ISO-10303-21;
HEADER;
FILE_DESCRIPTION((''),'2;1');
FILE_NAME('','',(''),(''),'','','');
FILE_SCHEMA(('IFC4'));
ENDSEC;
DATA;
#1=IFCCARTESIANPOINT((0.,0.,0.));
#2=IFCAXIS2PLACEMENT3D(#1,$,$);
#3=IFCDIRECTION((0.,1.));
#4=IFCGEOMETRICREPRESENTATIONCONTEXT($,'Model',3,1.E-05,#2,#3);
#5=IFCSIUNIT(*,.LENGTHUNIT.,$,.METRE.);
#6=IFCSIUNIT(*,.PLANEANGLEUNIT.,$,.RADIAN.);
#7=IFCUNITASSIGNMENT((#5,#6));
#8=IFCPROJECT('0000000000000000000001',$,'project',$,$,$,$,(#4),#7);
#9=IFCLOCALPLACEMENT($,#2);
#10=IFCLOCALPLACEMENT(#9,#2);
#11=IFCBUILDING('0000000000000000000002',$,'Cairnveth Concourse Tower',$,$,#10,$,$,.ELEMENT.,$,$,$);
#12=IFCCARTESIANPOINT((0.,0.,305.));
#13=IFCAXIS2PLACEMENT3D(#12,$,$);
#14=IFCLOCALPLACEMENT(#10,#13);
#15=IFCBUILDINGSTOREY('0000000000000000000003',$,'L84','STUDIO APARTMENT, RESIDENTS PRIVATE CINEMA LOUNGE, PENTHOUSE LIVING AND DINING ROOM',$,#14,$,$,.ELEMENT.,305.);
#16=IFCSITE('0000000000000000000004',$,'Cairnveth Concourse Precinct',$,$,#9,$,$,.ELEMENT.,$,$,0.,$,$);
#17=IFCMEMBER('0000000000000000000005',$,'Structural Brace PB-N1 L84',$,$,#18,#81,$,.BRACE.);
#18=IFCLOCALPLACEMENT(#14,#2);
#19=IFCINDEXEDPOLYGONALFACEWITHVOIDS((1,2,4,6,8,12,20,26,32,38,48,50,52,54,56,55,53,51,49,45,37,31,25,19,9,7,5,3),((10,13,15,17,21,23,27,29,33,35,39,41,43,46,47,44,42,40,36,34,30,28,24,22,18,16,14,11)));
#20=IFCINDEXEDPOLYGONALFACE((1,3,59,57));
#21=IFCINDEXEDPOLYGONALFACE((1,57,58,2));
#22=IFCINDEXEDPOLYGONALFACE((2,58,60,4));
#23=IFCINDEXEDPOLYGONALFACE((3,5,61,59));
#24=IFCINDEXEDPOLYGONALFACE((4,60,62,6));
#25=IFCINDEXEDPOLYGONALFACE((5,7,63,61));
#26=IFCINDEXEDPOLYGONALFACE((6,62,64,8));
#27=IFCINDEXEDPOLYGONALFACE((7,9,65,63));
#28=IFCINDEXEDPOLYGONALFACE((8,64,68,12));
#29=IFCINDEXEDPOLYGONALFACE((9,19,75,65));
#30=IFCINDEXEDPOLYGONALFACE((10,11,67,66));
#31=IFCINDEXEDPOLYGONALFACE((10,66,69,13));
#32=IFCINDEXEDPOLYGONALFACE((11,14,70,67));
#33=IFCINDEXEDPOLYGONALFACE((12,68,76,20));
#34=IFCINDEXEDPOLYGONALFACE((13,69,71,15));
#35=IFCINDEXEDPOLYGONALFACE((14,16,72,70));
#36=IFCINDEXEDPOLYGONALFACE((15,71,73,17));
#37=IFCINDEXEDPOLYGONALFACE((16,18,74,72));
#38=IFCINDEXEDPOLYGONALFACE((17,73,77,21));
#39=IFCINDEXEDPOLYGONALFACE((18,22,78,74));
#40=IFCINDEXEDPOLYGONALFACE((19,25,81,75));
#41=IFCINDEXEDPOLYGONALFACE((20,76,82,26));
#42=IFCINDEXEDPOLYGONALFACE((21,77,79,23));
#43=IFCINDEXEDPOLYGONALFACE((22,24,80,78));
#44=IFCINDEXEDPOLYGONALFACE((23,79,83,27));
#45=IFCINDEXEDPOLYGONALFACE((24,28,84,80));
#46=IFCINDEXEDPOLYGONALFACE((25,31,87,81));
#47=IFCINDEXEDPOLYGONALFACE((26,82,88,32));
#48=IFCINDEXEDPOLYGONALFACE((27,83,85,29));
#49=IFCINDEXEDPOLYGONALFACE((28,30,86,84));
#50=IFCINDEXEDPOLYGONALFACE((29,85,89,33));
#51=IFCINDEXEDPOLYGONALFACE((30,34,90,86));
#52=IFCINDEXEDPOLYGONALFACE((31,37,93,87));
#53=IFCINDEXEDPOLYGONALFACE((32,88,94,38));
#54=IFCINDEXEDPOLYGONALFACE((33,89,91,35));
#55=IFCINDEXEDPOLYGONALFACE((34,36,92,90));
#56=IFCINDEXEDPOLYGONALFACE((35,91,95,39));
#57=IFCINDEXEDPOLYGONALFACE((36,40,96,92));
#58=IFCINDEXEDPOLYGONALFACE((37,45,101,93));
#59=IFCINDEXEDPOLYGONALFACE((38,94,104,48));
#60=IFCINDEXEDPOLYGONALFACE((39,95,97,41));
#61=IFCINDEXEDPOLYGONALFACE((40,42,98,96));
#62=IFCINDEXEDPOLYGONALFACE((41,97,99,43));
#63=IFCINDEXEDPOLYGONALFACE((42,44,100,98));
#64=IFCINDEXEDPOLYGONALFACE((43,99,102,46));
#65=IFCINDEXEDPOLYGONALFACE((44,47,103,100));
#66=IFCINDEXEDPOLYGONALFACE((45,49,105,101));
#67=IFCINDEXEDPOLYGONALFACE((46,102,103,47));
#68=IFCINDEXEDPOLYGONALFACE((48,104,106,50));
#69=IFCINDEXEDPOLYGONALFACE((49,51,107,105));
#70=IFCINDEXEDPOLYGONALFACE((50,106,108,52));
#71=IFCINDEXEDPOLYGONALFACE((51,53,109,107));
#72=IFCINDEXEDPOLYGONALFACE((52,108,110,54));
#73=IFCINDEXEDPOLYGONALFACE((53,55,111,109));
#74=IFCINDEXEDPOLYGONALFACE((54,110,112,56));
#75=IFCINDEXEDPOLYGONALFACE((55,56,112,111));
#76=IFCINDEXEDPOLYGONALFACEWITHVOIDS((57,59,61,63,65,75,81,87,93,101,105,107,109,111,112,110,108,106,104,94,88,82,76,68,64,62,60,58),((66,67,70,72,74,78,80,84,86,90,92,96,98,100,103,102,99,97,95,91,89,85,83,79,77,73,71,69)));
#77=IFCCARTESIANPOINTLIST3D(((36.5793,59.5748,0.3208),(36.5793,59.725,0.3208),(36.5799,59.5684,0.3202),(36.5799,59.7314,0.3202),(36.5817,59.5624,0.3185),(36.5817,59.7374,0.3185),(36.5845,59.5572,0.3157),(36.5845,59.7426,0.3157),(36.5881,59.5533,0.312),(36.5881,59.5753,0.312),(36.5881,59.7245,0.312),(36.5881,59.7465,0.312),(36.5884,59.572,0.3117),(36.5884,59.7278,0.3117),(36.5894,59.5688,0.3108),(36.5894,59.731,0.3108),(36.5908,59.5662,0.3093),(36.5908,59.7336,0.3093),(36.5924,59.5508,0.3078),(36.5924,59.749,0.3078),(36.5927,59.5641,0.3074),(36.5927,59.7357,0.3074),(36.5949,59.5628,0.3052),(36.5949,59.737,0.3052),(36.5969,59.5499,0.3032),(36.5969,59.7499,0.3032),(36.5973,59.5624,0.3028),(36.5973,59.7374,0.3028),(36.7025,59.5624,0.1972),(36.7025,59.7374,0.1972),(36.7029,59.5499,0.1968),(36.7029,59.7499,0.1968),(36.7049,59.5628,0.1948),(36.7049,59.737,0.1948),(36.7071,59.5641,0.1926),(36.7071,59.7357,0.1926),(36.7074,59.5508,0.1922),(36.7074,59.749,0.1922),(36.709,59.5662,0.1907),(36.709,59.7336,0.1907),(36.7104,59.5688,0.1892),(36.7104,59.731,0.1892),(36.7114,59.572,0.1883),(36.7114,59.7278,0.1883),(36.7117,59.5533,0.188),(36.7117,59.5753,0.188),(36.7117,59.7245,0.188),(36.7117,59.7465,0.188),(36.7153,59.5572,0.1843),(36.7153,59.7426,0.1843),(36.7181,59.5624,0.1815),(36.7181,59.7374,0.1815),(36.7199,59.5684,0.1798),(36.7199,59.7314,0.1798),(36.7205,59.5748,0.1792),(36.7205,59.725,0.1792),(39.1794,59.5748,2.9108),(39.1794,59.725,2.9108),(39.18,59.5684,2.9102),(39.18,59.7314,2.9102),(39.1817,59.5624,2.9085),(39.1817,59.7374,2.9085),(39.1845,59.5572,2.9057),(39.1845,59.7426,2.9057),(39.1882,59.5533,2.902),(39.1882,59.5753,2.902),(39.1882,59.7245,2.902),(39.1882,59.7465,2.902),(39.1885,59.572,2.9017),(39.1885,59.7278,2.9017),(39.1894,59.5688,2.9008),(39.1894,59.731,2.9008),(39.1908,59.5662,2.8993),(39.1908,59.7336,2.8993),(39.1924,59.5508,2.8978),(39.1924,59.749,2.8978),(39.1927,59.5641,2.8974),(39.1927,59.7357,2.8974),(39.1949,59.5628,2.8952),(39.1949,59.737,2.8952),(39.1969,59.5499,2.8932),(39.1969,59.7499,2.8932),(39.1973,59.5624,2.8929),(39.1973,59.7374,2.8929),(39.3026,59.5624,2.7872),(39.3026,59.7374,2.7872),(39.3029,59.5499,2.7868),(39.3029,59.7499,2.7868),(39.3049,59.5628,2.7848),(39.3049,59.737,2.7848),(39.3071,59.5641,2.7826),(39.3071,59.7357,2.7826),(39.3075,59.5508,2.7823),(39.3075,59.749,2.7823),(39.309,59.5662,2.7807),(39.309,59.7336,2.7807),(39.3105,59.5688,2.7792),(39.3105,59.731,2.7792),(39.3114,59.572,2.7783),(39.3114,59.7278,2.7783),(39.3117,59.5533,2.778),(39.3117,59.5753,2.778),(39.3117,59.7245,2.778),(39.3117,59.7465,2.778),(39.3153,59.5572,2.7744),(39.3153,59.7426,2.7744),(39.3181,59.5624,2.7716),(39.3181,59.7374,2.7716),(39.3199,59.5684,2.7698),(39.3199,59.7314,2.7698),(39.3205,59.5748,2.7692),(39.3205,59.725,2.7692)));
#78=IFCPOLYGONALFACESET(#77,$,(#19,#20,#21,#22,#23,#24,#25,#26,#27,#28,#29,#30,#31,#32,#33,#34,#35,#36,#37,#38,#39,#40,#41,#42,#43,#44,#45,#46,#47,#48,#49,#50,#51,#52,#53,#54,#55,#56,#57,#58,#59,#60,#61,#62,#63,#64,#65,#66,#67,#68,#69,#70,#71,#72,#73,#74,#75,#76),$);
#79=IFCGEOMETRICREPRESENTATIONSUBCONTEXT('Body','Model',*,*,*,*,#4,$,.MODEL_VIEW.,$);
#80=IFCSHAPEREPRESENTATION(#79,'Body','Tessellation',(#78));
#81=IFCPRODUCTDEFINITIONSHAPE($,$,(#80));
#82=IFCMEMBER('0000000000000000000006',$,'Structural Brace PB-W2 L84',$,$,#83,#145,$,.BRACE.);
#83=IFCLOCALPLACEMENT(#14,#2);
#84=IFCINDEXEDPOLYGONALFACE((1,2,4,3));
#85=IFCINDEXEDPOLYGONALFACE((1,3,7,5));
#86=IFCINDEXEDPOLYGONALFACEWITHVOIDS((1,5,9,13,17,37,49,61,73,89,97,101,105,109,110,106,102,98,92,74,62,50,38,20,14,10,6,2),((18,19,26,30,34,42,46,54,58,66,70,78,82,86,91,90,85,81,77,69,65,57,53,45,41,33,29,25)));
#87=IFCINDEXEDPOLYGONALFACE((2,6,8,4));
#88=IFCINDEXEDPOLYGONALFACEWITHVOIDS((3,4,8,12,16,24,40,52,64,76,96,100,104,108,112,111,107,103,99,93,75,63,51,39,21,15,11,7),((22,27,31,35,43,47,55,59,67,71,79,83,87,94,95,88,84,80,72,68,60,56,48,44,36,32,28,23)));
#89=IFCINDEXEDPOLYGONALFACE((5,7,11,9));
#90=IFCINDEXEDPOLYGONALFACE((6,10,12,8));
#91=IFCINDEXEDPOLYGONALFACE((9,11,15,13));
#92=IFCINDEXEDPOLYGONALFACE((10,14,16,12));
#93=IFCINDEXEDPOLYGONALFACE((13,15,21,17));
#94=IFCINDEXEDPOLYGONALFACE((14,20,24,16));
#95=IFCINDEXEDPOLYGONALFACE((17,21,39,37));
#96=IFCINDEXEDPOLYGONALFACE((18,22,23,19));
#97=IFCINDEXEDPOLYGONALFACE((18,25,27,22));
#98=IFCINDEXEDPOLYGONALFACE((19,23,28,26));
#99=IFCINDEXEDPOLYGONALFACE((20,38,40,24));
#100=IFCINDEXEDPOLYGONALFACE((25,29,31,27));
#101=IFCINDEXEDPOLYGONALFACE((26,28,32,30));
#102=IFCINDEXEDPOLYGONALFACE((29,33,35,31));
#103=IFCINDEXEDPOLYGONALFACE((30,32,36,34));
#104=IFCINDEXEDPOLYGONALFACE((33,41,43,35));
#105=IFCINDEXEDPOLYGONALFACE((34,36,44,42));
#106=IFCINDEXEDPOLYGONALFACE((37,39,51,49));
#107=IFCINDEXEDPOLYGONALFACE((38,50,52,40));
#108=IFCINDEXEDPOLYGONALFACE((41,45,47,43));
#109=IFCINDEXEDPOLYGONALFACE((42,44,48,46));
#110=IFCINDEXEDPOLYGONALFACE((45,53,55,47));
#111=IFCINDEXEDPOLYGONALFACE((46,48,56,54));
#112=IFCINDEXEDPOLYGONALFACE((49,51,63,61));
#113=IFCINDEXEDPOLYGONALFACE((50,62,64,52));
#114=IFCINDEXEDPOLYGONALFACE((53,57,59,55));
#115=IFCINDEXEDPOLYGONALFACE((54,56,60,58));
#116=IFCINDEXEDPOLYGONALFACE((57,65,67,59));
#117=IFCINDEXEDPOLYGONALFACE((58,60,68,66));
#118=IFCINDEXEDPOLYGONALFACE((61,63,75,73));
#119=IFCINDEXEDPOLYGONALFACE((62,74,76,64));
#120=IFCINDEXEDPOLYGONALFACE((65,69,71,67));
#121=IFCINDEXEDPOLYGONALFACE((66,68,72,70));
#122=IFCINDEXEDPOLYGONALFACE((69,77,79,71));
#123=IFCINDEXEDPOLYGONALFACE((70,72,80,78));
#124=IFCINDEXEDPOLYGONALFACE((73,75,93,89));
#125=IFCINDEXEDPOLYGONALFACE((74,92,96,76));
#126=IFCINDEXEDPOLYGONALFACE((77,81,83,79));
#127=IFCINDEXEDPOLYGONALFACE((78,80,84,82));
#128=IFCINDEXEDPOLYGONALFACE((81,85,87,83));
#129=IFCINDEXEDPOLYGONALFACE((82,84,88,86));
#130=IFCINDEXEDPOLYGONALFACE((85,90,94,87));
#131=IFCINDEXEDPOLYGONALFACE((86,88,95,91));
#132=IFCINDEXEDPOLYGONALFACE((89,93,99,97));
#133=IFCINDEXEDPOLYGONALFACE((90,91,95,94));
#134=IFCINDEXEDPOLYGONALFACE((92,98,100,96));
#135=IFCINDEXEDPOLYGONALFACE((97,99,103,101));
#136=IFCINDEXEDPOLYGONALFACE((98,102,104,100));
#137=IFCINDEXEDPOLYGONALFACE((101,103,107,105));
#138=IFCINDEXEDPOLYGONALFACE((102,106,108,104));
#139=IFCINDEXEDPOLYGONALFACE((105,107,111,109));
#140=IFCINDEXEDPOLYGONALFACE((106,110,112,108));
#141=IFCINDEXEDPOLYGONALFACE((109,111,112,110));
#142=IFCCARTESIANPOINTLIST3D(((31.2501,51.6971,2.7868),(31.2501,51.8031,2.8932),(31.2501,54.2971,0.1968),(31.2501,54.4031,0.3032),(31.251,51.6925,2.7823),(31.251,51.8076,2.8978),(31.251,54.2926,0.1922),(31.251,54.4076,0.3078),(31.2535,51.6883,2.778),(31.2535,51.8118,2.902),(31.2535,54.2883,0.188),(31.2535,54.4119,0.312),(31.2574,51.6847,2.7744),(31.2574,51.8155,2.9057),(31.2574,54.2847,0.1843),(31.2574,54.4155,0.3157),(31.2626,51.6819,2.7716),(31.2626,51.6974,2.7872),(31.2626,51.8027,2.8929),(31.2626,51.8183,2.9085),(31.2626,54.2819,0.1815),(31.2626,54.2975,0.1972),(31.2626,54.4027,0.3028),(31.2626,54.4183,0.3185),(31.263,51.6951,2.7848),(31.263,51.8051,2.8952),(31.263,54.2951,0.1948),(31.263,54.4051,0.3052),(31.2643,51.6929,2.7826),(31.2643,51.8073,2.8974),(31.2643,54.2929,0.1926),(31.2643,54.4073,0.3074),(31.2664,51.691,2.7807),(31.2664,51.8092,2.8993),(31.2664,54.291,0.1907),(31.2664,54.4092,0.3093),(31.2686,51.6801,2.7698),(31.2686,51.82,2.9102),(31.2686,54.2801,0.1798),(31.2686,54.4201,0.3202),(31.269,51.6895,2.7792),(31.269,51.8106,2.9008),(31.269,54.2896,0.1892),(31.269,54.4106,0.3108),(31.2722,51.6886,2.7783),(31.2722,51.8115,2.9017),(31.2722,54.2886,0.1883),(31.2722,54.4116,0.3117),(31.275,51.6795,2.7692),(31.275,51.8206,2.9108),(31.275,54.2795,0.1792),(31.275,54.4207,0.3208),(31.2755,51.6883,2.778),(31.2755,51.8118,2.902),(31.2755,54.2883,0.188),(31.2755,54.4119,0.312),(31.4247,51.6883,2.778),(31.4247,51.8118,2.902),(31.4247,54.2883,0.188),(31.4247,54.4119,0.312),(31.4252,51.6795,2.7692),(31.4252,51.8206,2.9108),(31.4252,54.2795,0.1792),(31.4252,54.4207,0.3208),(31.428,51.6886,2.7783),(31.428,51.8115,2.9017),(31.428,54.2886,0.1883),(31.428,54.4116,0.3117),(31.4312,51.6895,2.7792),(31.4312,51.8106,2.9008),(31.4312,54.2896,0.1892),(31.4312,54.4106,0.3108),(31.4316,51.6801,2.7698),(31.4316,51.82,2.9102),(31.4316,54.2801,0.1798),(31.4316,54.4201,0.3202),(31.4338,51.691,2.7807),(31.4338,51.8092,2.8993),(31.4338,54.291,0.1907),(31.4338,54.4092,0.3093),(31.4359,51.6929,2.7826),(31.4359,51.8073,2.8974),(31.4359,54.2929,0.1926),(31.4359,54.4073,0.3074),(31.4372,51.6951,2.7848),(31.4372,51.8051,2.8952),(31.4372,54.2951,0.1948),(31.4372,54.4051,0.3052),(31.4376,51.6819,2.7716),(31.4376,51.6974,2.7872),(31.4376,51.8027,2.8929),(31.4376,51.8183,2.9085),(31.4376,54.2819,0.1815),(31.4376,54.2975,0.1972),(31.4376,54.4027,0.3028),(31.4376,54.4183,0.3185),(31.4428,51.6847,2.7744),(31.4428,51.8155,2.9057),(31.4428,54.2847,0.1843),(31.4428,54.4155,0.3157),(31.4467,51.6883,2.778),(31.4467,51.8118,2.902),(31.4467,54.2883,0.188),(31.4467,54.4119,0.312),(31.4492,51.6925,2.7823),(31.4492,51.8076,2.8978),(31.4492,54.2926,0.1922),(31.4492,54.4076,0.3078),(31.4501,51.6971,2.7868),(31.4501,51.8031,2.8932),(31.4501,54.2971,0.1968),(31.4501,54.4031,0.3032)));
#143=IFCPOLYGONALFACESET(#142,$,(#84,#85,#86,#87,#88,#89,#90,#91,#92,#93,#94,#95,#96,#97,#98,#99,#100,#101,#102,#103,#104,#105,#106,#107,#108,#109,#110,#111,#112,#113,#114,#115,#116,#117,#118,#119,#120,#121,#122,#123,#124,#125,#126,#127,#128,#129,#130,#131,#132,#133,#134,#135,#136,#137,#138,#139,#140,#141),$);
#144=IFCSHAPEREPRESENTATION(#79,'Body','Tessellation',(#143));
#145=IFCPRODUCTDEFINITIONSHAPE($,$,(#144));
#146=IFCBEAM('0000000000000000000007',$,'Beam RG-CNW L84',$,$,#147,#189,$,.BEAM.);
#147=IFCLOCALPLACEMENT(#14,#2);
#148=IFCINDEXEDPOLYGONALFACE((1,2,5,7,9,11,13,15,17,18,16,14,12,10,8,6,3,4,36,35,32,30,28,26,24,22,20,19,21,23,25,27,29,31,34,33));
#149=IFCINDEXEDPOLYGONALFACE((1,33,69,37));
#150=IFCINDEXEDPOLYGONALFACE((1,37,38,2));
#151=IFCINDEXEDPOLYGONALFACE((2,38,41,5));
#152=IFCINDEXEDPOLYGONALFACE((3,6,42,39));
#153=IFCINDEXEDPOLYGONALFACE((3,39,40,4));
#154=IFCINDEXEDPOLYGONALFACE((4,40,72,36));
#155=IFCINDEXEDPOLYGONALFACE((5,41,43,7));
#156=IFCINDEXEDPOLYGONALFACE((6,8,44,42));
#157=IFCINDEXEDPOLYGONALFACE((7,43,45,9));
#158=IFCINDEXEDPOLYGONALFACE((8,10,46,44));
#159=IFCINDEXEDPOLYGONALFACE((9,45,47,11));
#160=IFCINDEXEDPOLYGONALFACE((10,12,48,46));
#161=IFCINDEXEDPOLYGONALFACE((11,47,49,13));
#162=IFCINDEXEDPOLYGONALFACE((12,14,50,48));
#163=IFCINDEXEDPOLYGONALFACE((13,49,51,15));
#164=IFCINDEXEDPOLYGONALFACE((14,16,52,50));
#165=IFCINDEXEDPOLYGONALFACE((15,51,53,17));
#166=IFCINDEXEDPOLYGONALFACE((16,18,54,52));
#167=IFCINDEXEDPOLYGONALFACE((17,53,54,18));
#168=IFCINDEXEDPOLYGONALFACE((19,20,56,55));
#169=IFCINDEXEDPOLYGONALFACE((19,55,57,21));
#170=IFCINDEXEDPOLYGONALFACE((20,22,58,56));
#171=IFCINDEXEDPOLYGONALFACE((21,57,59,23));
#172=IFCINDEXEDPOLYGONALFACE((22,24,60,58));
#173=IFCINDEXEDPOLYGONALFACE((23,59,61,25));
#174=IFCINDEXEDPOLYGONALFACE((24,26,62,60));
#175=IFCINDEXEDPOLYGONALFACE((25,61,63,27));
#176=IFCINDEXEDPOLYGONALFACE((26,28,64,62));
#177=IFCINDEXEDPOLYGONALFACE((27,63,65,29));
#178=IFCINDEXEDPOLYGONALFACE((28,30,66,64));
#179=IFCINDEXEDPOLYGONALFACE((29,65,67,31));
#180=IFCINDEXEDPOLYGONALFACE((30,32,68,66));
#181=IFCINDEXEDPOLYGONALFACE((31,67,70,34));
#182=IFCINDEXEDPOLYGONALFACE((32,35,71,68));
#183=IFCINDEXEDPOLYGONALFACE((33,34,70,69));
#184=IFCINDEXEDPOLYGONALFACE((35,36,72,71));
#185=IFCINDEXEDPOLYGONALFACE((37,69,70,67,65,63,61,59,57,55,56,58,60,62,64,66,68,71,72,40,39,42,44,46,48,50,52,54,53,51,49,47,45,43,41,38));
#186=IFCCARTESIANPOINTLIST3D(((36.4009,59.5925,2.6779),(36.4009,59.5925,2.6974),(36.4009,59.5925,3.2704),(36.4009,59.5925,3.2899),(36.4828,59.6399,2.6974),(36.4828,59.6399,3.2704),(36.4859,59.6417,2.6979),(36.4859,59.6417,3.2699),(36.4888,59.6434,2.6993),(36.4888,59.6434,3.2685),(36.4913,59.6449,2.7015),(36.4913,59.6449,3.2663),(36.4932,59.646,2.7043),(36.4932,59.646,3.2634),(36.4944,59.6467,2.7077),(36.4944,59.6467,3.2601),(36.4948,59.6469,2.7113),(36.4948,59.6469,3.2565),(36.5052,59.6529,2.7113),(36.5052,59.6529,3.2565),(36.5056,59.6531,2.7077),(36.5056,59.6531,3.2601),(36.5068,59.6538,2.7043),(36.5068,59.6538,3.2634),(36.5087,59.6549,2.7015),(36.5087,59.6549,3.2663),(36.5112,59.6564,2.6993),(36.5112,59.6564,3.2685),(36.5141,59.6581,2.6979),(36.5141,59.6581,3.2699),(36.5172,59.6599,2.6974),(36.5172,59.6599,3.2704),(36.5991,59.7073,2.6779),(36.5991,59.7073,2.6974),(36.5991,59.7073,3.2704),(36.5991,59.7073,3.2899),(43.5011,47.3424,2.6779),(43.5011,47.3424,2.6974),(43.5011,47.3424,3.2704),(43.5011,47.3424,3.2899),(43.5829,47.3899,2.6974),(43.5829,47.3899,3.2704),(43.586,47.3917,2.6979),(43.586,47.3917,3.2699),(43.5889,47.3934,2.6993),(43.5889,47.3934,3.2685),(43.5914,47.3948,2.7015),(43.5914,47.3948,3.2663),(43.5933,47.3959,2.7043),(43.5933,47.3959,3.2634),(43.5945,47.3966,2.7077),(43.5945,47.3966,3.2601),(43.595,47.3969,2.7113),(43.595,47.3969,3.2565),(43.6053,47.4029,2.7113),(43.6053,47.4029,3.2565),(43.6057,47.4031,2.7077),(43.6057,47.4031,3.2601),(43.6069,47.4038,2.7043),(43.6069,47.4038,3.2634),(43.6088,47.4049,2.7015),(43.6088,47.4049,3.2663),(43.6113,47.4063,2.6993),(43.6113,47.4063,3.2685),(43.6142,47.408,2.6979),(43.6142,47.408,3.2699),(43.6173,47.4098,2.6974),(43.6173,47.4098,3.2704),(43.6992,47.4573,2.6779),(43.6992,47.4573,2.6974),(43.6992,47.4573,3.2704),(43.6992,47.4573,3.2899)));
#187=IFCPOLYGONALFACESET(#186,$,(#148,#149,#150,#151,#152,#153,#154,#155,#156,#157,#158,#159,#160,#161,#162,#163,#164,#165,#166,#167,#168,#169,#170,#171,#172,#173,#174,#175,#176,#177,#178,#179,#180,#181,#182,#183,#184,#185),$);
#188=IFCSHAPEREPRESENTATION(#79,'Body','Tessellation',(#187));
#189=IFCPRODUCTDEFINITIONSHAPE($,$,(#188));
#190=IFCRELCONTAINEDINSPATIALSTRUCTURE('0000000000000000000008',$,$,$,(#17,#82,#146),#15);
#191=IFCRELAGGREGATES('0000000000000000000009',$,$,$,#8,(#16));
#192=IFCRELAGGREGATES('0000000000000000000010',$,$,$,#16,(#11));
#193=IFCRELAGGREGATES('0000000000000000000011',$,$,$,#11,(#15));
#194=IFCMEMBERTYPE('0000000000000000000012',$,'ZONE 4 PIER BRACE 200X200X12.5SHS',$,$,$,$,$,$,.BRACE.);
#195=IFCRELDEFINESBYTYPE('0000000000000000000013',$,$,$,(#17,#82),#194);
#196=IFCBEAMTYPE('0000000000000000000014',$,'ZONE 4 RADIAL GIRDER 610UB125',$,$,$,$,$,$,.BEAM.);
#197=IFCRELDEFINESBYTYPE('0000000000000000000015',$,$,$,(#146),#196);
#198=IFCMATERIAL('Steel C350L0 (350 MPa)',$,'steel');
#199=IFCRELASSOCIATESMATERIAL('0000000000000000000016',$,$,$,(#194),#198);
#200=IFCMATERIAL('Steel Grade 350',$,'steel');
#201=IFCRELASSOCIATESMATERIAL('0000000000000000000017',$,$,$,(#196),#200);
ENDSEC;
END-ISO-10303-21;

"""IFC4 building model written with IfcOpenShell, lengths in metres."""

from ifc_helpers import new_model, si_unit, direction, frame, origin, origin_2d, place, context, subcontext, project, spatial, hollow_rectangle, i_section, extrude, material, material_profile, profile_set, type_object, element, save


model = new_model("IFC4")

# Units and contexts
model_context = context("Model", 3, precision=1e-05, world=origin(), true_north=direction((0.0, 1.0)))
body_context = subcontext(model_context, "Body", "Model", "MODEL_VIEW")
ifc_project = project(units=[si_unit("LENGTHUNIT", "METRE"), si_unit("PLANEANGLEUNIT", "RADIAN")], contexts=[model_context])

# Site, building, storey
site_placement = place(None, origin())
site = spatial("IfcSite", under=ifc_project, at=site_placement, Name="Cairnveth Concourse Precinct", CompositionType="ELEMENT", RefElevation=0.0)
building_placement = place(site_placement, origin())
building = spatial("IfcBuilding", under=site, at=building_placement, Name="Cairnveth Concourse Tower", CompositionType="ELEMENT")
storey_placement = place(building_placement, frame((0.0, 0.0, 305.0)))
storey = spatial("IfcBuildingStorey", under=building, at=storey_placement, Name="L84", Description="STUDIO APARTMENT, RESIDENTS PRIVATE CINEMA LOUNGE, PENTHOUSE LIVING AND DINING ROOM", CompositionType="ELEMENT", Elevation=305.0)

# Shared definitions
ifc_material_1 = material(Name="Steel Grade 350", Category="steel")

# Members
ifc_material_2 = material(Name="Steel C350L0 (350 MPa)", Category="steel")
ifc_material_profile_1 = material_profile(ifc_material_2, hollow_rectangle(XDim=0.2, YDim=0.2, WallThickness=0.0125, InnerFilletRadius=0.0129, OuterFilletRadius=0.0249, at=origin_2d()), Name="200x200x12.5SHS")
ifc_profile_set_1 = profile_set([ifc_material_profile_1], Name="Steel C350L0 (350 MPa)")
member_type = type_object("IfcMemberType", Name="ZONE 4 PIER BRACE 200X200X12.5SHS", PredefinedType="BRACE", material=ifc_profile_set_1)
for number, where, z_axis, x_axis, name in (
    (1, (36.6499, 59.6499, 0.25), (0.708469, 0.0, 0.705742), (0.0, 1.0, 0.0), "Structural Brace PB-N1 L84"),
    (2, (31.3501, 54.3501, 0.25), (0.0, -0.708469, 0.705742), (1.0, 0.0, 0.0), "Structural Brace PB-W2 L84"),
):
    element("IfcMember", number, at=place(storey_placement, frame(where, z_axis=z_axis, x_axis=x_axis)), inside=storey, type_object=member_type, Name=name, PredefinedType="BRACE", context=body_context, shape_type="SweptSolid", body=[
        extrude(hollow_rectangle(XDim=0.2, YDim=0.2, WallThickness=0.0125, InnerFilletRadius=0.0129, OuterFilletRadius=0.0249, at=origin_2d()), origin(), (0.0, 0.0, 1.0), 3.6699),
    ])

# Beam
ifc_material_profile_2 = material_profile(ifc_material_1, i_section(OverallWidth=0.229, OverallDepth=0.6121, WebThickness=0.012, FlangeThickness=0.0195, FilletRadius=0.0139, at=origin_2d()), Name="610UB125")
ifc_profile_set_2 = profile_set([ifc_material_profile_2], Name="Steel Grade 350")
beam_type_1 = type_object("IfcBeamType", Name="ZONE 4 RADIAL GIRDER 610UB125", PredefinedType="BEAM", material=ifc_profile_set_2)
beam_1_placement = place(storey_placement, frame((36.5, 59.6499, 2.9839), z_axis=(0.501459, -0.865181, 0.0), x_axis=(0.865181, 0.501459, 0.0)))
element("IfcBeam", 3, at=beam_1_placement, inside=storey, type_object=beam_type_1, Name="Beam RG-CNW L84", PredefinedType="BEAM", context=body_context, shape_type="SweptSolid", body=[
    extrude(i_section(OverallWidth=0.229, OverallDepth=0.6121, WebThickness=0.012, FlangeThickness=0.0195, FilletRadius=0.0139, at=origin_2d()), origin(), (0.0, 0.0, 1.0), 14.1589),
])

save(model, "model.ifc")
